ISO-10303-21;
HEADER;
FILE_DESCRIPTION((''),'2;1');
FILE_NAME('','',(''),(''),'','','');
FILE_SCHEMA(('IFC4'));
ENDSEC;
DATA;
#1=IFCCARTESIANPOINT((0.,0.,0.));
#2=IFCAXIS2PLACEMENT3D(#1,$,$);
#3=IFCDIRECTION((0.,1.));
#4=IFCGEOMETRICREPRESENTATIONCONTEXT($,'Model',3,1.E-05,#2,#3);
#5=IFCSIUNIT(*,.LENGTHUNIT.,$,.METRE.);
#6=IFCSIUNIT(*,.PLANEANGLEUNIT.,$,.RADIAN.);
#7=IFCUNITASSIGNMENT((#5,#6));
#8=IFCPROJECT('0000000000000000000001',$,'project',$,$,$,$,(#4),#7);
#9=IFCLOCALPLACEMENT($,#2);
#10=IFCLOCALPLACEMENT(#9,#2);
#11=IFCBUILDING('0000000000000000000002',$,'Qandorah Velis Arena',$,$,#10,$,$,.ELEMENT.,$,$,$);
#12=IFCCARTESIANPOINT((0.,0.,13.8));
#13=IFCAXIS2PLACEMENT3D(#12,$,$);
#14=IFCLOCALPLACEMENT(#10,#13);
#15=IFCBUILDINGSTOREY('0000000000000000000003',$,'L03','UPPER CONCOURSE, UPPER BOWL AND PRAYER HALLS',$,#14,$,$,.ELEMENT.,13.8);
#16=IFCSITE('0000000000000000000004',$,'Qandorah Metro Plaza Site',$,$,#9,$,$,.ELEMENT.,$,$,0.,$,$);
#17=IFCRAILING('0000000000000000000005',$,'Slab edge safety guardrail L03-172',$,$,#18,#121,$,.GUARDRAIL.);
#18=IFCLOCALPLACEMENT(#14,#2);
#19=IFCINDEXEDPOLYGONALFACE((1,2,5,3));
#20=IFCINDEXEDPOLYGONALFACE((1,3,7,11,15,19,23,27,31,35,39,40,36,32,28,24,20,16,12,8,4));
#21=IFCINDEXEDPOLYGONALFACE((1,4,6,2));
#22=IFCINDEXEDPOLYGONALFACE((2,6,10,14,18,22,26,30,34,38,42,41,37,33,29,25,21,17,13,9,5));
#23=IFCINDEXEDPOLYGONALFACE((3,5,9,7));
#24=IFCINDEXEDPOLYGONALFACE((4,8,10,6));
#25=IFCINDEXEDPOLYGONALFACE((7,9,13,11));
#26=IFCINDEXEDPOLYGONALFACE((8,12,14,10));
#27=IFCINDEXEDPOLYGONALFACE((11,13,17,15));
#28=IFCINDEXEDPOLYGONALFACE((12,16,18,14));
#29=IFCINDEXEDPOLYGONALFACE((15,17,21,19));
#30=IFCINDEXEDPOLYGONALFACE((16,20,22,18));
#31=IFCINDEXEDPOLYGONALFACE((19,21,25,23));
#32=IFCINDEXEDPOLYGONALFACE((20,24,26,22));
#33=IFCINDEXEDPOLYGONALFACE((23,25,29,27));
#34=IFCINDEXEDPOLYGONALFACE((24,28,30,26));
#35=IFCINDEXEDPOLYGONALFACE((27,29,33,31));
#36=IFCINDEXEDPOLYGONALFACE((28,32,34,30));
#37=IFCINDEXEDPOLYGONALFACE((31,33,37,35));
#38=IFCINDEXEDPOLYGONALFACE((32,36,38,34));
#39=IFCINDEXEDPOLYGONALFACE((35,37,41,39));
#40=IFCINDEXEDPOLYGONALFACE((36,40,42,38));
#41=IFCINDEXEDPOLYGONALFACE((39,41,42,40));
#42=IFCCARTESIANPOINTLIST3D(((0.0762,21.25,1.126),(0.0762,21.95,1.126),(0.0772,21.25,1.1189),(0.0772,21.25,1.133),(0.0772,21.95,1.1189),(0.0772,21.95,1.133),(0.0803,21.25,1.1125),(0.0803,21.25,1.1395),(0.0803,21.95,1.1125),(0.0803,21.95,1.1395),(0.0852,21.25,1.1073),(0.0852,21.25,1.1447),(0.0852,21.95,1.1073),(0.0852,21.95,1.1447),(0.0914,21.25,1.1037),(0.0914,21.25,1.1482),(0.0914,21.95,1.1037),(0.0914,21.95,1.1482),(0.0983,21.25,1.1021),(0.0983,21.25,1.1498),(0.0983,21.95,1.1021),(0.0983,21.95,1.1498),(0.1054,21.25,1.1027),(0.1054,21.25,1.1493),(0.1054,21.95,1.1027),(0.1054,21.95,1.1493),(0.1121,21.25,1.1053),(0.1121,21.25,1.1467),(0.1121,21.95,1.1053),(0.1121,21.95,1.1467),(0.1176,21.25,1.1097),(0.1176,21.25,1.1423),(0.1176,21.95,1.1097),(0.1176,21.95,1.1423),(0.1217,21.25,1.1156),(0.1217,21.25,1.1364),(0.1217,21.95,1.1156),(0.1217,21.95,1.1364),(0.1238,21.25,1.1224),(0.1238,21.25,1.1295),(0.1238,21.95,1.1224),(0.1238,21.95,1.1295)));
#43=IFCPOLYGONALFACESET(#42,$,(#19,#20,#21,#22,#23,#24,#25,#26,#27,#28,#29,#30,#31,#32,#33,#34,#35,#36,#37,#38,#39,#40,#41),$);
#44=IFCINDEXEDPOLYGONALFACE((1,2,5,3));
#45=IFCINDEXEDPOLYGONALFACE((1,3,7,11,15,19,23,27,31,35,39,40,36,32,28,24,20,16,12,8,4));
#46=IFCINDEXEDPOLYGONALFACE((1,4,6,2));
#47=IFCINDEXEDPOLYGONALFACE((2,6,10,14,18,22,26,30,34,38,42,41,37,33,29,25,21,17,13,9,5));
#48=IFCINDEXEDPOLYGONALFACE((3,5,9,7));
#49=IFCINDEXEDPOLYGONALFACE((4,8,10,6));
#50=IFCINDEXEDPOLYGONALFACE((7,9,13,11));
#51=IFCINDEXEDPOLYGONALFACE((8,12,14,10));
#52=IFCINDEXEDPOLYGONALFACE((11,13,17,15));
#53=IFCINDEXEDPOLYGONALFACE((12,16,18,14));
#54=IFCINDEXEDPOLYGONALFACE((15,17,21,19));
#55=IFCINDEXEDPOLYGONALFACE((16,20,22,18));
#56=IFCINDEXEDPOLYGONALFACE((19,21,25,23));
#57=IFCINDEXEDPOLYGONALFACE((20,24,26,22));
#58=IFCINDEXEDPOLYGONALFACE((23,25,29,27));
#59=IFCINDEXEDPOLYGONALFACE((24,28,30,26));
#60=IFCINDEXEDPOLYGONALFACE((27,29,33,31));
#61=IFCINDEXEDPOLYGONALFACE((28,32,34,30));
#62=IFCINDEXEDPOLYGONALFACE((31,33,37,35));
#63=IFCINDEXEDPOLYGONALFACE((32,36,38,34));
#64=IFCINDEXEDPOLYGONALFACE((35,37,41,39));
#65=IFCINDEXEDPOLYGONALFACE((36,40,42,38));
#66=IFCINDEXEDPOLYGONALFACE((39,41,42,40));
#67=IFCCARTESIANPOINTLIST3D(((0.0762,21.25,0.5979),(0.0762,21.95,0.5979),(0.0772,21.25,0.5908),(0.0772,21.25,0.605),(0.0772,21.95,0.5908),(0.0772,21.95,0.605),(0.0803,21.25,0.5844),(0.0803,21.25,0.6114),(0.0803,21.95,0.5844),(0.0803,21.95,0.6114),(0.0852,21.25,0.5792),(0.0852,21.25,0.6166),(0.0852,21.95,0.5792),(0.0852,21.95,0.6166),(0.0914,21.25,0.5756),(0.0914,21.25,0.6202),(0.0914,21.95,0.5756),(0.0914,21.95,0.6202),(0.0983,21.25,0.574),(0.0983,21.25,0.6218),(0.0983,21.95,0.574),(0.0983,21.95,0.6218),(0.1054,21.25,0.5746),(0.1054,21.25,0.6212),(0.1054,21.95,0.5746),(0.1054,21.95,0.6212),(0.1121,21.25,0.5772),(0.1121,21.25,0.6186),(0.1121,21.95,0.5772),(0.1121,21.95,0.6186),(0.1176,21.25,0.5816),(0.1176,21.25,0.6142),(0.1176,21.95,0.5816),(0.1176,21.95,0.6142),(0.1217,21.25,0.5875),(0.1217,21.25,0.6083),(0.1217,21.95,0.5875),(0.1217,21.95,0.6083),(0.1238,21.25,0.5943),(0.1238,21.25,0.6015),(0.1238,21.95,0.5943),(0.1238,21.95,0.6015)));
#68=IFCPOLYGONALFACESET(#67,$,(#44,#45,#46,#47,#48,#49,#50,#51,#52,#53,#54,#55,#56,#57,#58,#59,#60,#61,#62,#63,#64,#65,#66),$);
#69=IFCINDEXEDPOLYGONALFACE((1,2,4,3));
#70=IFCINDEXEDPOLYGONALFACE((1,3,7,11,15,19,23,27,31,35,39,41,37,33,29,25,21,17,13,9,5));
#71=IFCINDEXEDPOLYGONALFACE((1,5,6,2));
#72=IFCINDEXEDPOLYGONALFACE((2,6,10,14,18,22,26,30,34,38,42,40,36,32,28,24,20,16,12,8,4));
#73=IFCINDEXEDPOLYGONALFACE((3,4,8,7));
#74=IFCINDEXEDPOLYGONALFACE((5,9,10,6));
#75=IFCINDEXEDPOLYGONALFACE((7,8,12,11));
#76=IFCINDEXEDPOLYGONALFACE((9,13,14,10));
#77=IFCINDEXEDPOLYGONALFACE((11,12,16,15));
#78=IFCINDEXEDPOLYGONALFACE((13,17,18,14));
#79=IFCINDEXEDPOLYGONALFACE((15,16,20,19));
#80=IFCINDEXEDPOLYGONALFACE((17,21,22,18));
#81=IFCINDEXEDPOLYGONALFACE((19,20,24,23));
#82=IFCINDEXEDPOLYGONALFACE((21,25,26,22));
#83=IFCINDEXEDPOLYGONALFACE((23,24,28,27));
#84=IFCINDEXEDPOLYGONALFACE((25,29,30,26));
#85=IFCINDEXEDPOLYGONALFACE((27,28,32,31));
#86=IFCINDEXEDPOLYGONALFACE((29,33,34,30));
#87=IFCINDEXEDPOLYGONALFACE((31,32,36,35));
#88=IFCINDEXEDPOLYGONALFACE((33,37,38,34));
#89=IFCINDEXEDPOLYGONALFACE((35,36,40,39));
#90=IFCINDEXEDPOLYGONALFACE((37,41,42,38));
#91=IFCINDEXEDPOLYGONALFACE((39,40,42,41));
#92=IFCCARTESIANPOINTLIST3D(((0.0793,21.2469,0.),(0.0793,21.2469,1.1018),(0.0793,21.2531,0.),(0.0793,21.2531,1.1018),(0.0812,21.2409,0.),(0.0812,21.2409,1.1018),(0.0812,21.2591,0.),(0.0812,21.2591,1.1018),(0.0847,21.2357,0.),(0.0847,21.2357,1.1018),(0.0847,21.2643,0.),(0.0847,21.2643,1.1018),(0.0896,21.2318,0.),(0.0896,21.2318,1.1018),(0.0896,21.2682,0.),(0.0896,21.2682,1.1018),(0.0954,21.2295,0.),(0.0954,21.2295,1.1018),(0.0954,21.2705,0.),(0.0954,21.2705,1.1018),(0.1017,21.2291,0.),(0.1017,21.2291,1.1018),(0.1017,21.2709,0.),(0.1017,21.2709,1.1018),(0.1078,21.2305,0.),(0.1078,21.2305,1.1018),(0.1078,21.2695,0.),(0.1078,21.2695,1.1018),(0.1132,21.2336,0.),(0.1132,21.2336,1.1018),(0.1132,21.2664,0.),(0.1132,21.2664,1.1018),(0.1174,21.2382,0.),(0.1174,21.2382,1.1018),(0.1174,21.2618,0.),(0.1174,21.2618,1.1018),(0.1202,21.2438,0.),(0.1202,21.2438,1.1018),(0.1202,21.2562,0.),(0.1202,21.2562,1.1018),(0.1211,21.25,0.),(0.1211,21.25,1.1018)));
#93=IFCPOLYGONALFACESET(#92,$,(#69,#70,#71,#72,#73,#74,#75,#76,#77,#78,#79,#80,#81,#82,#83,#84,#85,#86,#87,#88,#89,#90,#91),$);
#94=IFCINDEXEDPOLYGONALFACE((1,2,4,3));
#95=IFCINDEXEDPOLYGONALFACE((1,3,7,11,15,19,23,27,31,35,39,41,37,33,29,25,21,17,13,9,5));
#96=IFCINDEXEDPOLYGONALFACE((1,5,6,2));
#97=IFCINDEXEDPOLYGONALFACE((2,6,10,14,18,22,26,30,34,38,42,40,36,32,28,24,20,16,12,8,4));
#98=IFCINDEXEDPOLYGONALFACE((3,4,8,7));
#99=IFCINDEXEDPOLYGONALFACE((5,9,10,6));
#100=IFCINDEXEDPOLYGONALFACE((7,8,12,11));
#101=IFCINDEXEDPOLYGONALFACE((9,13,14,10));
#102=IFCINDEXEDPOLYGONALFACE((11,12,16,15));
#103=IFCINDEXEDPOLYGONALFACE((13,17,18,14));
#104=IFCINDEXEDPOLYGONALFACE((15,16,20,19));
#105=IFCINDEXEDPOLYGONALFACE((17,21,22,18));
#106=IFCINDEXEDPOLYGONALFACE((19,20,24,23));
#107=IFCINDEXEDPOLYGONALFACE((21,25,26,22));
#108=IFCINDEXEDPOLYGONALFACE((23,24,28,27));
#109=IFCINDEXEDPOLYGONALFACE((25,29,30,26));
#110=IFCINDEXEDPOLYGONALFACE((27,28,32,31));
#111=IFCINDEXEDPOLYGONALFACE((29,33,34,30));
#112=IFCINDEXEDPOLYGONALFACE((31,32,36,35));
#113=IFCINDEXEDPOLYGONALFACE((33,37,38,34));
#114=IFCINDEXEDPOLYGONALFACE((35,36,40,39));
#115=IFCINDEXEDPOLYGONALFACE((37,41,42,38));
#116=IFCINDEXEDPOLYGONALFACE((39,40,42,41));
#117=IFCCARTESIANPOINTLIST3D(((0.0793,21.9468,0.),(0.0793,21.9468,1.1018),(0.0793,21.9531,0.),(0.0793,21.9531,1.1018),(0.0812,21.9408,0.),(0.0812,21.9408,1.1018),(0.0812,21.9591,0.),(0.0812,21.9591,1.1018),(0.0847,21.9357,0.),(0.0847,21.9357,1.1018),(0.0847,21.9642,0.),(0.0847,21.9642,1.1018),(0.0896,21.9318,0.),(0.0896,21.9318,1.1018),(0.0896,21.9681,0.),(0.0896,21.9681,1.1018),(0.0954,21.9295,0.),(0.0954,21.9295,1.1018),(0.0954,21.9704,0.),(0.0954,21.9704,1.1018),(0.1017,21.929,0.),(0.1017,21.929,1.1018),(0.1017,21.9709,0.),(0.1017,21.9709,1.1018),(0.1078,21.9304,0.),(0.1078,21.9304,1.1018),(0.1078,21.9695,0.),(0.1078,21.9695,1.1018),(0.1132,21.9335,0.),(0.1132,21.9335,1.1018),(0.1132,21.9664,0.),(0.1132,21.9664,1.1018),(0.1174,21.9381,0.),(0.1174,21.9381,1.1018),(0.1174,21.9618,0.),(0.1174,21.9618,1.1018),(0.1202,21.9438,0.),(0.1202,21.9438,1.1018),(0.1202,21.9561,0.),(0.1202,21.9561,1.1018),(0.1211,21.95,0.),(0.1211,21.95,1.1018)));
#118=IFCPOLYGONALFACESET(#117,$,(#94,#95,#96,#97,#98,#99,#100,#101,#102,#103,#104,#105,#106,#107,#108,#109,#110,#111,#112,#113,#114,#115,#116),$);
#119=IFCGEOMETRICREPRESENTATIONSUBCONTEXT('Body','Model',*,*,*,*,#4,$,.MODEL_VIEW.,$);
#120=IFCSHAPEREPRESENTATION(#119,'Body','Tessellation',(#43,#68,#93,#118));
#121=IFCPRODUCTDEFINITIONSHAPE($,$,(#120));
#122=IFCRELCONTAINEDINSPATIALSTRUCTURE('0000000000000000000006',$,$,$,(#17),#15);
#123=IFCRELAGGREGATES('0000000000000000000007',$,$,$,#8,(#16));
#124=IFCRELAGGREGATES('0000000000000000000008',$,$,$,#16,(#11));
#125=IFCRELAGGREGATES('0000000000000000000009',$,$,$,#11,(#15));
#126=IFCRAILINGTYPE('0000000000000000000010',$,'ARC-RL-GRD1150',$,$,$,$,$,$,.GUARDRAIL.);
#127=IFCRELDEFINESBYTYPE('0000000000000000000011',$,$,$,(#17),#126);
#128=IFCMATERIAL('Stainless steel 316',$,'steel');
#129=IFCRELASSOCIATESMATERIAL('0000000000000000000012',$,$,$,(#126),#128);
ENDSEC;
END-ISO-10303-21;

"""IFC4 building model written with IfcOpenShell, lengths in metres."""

from ifc_helpers import new_model, si_unit, direction, frame, origin, origin_2d, place, context, subcontext, project, spatial, circle, extrude, material, type_object, element, save


model = new_model("IFC4")

# Units and contexts
model_context = context("Model", 3, precision=1e-05, world=origin(), true_north=direction((0.0, 1.0)))
body_context = subcontext(model_context, "Body", "Model", "MODEL_VIEW")
ifc_project = project(units=[si_unit("LENGTHUNIT", "METRE"), si_unit("PLANEANGLEUNIT", "RADIAN")], contexts=[model_context])

# Site, building, storey
site_placement = place(None, origin())
site = spatial("IfcSite", under=ifc_project, at=site_placement, Name="Qandorah Metro Plaza Site", CompositionType="ELEMENT", RefElevation=0.0)
building_placement = place(site_placement, origin())
building = spatial("IfcBuilding", under=site, at=building_placement, Name="Qandorah Velis Arena", CompositionType="ELEMENT")
storey_placement = place(building_placement, frame((0.0, 0.0, 13.8)))
storey = spatial("IfcBuildingStorey", under=building, at=storey_placement, Name="L03", Description="UPPER CONCOURSE, UPPER BOWL AND PRAYER HALLS", CompositionType="ELEMENT", Elevation=13.8)

# Railing
ifc_material_1 = material(Name="Stainless steel 316", Category="steel")
railing_type = type_object("IfcRailingType", Name="ARC-RL-GRD1150", PredefinedType="GUARDRAIL", material=ifc_material_1)
railing_1_placement = place(storey_placement, frame((0.1001, 21.25, 0.0)))
element("IfcRailing", 1, at=railing_1_placement, inside=storey, type_object=railing_type, Name="Slab edge safety guardrail L03-172", PredefinedType="GUARDRAIL", context=body_context, shape_type="SweptSolid", body=[
    extrude(circle(Radius=0.0239, at=origin_2d()), frame((0.0, 0.0, 1.126), z_axis=(0.0, 1.0, 0.0), x_axis=(-1.0, 0.0, 0.0)), (0.0, 0.0, 1.0), 0.7),
    extrude(circle(Radius=0.0239, at=origin_2d()), frame((0.0, 0.0, 0.5979), z_axis=(0.0, 1.0, 0.0), x_axis=(-1.0, 0.0, 0.0)), (0.0, 0.0, 1.0), 0.7),
    extrude(circle(Radius=0.021, at=origin_2d()), origin(), (0.0, 0.0, 1.0), 1.1018),
    extrude(circle(Radius=0.021, at=origin_2d()), frame((0.0, 0.7, 0.0)), (0.0, 0.0, 1.0), 1.1018),
])

save(model, "model.ifc")
